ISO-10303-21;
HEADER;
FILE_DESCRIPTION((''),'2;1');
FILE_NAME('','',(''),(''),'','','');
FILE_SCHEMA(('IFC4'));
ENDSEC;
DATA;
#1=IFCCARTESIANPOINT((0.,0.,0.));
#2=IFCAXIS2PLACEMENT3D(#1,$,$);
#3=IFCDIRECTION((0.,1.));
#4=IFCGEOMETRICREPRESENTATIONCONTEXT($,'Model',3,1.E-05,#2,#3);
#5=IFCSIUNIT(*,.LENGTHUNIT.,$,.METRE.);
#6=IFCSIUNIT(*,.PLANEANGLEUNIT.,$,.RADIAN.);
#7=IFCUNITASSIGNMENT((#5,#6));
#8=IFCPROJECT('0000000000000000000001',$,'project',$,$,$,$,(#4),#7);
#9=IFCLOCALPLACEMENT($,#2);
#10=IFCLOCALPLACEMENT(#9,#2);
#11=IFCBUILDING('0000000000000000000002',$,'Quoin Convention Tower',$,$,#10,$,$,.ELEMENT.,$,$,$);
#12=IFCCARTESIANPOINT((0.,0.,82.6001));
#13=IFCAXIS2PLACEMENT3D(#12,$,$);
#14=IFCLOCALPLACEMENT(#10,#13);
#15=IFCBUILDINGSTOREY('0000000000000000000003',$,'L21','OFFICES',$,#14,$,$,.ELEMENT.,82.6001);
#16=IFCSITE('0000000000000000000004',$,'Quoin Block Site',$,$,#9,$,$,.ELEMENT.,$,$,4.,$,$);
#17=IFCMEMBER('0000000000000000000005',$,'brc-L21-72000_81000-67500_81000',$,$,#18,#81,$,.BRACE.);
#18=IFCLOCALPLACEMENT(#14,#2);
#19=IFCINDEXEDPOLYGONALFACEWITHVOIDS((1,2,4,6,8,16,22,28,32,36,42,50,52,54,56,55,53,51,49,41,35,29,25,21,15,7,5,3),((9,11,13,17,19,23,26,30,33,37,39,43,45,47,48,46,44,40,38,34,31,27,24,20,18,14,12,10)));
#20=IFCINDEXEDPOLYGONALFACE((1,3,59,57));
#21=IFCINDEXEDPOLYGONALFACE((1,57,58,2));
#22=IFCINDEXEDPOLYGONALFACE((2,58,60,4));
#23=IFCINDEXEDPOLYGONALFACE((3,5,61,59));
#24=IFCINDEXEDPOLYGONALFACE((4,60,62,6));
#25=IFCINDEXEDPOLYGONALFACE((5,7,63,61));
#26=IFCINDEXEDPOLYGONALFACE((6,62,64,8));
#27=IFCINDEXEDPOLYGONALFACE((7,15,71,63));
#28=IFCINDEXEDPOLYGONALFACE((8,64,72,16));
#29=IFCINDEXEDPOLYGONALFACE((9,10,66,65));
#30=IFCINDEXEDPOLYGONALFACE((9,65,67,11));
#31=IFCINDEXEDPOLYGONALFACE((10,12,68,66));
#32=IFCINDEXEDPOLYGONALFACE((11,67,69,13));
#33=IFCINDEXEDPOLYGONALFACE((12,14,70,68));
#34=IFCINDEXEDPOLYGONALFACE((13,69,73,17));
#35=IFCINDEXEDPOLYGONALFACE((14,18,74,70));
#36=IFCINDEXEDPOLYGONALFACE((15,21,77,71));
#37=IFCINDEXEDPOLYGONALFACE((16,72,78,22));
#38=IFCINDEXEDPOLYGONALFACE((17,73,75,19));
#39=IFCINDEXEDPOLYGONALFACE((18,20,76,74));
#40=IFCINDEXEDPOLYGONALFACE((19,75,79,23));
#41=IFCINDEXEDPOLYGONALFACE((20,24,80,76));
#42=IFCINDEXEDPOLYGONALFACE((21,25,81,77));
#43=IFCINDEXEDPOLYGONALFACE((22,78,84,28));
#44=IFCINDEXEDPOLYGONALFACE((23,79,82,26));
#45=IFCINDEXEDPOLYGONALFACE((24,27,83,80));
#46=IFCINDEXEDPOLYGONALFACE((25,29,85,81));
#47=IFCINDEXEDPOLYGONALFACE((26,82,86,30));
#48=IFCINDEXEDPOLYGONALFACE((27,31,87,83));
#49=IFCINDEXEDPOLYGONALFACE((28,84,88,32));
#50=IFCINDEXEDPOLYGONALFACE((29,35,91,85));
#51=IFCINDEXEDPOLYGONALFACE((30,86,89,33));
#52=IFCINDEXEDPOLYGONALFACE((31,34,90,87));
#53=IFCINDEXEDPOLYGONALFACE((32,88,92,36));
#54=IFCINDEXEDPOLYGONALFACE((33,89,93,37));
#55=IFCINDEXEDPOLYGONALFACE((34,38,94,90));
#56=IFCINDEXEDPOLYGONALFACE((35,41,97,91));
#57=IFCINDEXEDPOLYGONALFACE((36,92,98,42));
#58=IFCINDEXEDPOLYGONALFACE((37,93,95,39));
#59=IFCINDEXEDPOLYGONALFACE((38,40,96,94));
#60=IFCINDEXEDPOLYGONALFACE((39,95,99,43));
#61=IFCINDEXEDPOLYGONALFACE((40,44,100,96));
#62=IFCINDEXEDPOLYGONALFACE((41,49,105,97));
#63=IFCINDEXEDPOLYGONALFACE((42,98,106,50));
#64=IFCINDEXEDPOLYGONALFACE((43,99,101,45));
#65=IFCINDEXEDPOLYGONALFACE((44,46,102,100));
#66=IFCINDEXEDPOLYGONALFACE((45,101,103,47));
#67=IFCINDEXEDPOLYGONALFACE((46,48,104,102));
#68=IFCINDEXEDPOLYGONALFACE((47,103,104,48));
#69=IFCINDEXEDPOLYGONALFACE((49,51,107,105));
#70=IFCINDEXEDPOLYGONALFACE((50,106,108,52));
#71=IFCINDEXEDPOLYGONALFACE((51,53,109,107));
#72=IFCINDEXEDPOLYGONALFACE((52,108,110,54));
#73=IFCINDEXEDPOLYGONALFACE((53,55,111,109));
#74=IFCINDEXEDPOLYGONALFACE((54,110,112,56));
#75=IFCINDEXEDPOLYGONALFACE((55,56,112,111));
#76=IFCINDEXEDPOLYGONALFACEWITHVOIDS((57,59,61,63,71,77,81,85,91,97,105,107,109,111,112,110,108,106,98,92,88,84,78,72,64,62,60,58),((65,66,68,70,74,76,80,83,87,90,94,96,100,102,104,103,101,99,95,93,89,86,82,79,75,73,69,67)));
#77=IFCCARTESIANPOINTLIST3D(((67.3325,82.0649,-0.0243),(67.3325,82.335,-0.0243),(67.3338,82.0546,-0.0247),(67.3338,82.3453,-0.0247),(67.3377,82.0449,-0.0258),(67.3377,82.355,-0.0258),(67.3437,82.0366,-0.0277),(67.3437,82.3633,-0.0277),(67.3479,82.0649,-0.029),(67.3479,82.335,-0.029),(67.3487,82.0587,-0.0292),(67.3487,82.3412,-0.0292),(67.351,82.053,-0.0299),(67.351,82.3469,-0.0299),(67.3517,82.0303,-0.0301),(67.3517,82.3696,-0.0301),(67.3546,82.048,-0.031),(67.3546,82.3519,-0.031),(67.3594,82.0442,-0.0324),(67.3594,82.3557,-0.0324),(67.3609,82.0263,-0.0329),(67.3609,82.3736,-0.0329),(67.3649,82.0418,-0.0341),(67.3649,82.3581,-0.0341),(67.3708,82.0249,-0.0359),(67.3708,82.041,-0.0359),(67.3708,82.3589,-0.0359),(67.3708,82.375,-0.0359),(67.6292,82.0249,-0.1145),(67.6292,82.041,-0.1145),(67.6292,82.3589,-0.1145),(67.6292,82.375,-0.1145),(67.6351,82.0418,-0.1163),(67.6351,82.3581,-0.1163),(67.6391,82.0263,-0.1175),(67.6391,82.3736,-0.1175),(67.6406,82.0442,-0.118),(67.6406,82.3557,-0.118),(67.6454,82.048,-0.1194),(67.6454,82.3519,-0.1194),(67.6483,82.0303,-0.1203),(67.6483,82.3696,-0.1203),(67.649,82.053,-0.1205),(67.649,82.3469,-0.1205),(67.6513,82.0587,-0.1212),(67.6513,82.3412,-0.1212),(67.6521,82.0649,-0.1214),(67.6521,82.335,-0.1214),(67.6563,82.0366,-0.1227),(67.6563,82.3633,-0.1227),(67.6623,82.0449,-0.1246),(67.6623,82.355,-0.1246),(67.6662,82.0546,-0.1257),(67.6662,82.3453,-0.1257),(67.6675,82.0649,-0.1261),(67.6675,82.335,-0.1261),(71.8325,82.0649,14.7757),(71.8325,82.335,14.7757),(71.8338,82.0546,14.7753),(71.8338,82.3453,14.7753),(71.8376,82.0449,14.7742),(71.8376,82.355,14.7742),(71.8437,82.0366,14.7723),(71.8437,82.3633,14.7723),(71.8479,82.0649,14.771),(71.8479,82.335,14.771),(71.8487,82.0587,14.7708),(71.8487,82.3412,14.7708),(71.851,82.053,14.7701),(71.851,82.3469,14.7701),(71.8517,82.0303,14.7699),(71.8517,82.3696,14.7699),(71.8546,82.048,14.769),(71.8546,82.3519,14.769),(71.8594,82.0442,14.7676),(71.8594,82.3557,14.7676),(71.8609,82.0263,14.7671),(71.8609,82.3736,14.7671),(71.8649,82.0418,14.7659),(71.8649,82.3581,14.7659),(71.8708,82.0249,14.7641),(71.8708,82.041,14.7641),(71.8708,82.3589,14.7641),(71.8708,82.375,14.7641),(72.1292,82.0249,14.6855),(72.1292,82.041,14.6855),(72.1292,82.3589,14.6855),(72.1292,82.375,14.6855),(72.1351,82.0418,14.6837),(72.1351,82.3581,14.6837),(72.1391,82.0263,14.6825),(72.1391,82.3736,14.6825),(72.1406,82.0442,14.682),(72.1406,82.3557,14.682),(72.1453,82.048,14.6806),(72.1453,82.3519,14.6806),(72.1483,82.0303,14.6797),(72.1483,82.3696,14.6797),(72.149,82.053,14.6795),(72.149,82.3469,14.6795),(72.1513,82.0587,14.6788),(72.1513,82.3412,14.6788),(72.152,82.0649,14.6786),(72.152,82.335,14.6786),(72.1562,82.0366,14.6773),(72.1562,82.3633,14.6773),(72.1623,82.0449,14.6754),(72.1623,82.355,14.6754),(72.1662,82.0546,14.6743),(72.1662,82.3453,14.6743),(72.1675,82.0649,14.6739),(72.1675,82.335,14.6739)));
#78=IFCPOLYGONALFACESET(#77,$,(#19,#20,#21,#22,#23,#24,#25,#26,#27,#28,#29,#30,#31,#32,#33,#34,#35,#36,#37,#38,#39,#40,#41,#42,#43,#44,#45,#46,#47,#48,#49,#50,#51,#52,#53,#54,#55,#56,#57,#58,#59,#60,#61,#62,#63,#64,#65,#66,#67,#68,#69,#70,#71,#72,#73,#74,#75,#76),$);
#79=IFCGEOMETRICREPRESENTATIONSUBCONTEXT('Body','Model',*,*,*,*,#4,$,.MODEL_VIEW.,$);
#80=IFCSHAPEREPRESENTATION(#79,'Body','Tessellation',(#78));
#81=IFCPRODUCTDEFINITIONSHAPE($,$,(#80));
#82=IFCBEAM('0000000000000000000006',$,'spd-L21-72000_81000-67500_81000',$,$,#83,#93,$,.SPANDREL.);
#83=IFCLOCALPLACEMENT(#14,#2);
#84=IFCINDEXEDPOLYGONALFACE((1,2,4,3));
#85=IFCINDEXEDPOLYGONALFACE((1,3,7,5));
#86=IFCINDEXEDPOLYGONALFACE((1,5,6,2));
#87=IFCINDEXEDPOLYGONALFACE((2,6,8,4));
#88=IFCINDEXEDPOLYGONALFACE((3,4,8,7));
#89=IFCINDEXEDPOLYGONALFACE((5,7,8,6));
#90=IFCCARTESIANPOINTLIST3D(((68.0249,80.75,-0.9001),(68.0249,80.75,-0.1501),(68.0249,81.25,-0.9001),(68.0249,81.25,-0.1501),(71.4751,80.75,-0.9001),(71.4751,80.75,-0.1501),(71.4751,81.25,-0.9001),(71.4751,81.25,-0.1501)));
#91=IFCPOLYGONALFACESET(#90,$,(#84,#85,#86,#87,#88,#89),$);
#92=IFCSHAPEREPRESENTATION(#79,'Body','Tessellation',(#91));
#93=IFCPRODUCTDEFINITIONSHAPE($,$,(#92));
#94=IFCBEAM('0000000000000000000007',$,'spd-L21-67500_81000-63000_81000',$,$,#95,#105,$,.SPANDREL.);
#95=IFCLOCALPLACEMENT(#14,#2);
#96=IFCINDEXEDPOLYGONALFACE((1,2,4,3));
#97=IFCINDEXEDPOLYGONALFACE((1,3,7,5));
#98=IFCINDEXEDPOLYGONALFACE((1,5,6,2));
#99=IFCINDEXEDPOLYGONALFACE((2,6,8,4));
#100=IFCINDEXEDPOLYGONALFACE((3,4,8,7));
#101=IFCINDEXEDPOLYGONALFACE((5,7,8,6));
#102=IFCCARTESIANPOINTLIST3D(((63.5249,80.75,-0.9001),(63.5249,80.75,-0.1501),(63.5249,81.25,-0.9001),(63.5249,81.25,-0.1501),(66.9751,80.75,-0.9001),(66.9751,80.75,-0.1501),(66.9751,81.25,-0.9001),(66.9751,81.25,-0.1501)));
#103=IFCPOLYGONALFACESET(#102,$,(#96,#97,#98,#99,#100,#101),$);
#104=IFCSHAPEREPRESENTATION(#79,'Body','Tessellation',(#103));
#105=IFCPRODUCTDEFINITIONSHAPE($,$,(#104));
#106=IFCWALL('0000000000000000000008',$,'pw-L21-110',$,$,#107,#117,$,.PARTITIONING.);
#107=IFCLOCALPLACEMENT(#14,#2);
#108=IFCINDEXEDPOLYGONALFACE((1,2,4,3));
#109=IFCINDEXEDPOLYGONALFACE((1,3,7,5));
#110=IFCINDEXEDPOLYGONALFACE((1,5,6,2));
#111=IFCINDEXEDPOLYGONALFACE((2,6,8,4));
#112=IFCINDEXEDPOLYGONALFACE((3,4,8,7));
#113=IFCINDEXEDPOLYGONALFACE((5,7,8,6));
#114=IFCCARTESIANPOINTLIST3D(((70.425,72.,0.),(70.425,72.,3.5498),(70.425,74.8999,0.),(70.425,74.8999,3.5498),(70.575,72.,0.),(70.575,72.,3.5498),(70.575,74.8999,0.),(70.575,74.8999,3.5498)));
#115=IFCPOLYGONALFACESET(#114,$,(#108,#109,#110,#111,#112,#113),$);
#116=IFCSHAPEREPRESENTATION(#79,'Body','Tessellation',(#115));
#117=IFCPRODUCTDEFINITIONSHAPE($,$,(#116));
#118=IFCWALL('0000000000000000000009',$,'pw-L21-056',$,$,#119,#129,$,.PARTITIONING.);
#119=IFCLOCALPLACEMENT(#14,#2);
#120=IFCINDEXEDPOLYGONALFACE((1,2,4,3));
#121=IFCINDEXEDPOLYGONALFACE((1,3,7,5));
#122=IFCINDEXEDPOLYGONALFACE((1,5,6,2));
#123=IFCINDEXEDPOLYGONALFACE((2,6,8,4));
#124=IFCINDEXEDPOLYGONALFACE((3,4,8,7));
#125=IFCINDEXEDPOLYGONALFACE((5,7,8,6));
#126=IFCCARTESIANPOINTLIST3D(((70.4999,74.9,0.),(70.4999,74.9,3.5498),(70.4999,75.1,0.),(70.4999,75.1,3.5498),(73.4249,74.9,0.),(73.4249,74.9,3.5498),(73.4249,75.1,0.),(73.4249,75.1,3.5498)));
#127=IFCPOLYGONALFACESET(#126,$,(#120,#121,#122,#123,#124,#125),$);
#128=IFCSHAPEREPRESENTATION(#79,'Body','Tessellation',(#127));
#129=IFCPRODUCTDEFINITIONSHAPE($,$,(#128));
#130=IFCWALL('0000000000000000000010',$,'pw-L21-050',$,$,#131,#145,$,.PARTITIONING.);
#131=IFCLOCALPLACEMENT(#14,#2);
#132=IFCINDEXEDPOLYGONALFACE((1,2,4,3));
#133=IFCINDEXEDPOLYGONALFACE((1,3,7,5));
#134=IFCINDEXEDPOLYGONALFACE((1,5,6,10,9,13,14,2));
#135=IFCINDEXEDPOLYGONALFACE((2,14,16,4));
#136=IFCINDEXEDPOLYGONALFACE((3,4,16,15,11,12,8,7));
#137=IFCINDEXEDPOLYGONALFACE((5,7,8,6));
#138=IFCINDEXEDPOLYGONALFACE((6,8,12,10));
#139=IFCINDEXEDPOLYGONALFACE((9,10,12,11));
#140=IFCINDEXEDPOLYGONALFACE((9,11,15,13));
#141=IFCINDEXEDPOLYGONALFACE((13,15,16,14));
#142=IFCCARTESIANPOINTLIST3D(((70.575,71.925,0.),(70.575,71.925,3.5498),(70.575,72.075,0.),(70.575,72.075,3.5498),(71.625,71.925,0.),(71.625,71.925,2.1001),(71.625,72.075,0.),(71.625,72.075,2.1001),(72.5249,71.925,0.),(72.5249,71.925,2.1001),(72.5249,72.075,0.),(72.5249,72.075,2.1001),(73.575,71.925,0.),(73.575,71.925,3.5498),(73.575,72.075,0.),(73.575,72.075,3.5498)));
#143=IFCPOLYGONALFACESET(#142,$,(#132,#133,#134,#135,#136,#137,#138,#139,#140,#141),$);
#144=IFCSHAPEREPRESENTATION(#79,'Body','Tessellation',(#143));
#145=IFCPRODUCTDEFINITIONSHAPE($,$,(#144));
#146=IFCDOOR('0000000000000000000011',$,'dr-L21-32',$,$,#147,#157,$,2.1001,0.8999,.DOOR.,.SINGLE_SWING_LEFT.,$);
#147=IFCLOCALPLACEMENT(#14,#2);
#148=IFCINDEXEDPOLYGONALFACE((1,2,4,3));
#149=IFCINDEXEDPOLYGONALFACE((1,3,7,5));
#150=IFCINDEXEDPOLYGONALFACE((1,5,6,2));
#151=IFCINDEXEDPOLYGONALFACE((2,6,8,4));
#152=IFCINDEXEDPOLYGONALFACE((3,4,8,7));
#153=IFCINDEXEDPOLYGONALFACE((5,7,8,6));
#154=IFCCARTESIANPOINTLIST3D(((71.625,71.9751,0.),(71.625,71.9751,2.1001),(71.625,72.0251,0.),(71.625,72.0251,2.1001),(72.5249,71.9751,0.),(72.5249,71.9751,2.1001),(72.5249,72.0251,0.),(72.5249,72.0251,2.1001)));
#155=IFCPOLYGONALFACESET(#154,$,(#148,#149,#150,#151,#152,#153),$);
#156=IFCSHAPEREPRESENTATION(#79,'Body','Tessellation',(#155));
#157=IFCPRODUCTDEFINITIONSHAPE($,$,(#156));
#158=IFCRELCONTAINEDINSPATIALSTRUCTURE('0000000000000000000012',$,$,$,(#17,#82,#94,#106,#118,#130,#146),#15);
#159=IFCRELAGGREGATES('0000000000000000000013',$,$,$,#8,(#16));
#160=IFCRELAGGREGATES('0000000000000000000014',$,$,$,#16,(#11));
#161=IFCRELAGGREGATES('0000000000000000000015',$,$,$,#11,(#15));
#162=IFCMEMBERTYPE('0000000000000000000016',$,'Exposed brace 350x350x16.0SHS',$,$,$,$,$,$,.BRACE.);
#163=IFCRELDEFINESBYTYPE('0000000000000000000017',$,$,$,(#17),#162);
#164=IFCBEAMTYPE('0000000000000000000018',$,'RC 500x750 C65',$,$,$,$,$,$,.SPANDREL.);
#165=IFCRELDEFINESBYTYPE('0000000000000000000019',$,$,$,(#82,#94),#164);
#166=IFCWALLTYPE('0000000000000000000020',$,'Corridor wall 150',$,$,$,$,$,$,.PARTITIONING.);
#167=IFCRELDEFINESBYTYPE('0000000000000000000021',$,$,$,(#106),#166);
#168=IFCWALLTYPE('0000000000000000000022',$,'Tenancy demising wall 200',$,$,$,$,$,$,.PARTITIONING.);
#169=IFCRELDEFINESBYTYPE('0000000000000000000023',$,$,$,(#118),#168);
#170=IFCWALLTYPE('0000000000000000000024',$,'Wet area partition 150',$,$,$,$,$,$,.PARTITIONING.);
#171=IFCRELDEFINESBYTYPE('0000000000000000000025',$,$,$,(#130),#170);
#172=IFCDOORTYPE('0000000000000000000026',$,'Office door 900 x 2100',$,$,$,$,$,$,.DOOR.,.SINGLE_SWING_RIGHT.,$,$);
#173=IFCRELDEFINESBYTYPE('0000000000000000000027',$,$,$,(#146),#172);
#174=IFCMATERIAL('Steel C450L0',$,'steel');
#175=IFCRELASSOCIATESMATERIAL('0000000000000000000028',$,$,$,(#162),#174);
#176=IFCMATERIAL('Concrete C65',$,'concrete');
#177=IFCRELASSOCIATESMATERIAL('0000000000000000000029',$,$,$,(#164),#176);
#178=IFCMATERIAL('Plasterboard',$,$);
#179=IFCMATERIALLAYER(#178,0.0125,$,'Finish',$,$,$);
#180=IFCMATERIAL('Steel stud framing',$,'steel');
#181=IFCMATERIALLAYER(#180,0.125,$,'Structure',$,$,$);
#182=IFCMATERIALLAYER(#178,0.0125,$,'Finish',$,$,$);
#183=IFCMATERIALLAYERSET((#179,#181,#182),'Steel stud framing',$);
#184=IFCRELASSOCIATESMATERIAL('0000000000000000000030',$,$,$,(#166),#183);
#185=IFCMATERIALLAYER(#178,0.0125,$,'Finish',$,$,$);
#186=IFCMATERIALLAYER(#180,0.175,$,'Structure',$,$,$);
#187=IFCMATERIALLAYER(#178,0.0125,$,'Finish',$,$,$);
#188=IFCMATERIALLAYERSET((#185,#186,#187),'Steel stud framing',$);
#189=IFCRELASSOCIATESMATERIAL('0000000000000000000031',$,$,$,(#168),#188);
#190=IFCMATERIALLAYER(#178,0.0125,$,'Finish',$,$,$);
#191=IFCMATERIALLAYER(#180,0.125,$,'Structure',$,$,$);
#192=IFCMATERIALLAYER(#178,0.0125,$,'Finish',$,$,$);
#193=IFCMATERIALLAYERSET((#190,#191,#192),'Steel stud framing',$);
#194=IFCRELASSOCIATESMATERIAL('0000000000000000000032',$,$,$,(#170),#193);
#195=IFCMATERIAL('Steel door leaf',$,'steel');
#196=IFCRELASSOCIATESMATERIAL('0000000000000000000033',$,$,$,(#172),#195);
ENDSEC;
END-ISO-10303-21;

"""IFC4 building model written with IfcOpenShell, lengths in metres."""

from ifc_helpers import new_model, si_unit, direction, frame, frame_2d, origin, origin_2d, place, context, subcontext, project, spatial, rectangle, hollow_rectangle, extrude, material, layer, layer_set, material_profile, profile_set, type_object, element, fill, save


model = new_model("IFC4")

# Units and contexts
model_context = context("Model", 3, precision=1e-05, world=origin(), true_north=direction((0.0, 1.0)))
body_context = subcontext(model_context, "Body", "Model", "MODEL_VIEW")
ifc_project = project(units=[si_unit("LENGTHUNIT", "METRE"), si_unit("PLANEANGLEUNIT", "RADIAN")], contexts=[model_context])

# Site, building, storey
site_placement = place(None, origin())
site = spatial("IfcSite", under=ifc_project, at=site_placement, Name="Quoin Block Site", CompositionType="ELEMENT", RefElevation=4.0)
building_placement = place(site_placement, origin())
building = spatial("IfcBuilding", under=site, at=building_placement, Name="Quoin Convention Tower", CompositionType="ELEMENT")
storey_placement = place(building_placement, frame((0.0, 0.0, 82.6001)))
storey = spatial("IfcBuildingStorey", under=building, at=storey_placement, Name="L21", Description="OFFICES", CompositionType="ELEMENT", Elevation=82.6001)

# Shared definitions
ifc_material_1 = material(Name="Concrete C65", Category="concrete")

# Member
ifc_material_2 = material(Name="Steel C450L0", Category="steel")
ifc_material_profile_1 = material_profile(ifc_material_2, hollow_rectangle(XDim=0.3501, YDim=0.3501, WallThickness=0.0161, InnerFilletRadius=0.0239, OuterFilletRadius=0.04, at=origin_2d()), Name="350x350x16.0SHS")
ifc_profile_set_1 = profile_set([ifc_material_profile_1], Name="Steel C450L0")
member_type = type_object("IfcMemberType", Name="Exposed brace 350x350x16.0SHS", PredefinedType="BRACE", material=ifc_profile_set_1)
member_placement = place(storey_placement, frame((67.5, 82.2, -0.0752), z_axis=(0.290903, 0.0, 0.956752), x_axis=(0.0, 1.0, 0.0)))
element("IfcMember", 1, at=member_placement, inside=storey, type_object=member_type, Name="brc-L21-72000_81000-67500_81000", PredefinedType="BRACE", context=body_context, shape_type="SweptSolid", body=[
    extrude(hollow_rectangle(XDim=0.3501, YDim=0.3501, WallThickness=0.0161, InnerFilletRadius=0.0239, OuterFilletRadius=0.04, at=origin_2d()), origin(), (0.0, 0.0, 1.0), 15.469),
])

# Beams
ifc_material_profile_2 = material_profile(ifc_material_1, rectangle(XDim=0.5, YDim=0.75, at=origin_2d()), Name="RC 500x750")
ifc_profile_set_2 = profile_set([ifc_material_profile_2], Name="Concrete C65")
beam_type_1 = type_object("IfcBeamType", Name="RC 500x750 C65", PredefinedType="SPANDREL", material=ifc_profile_set_2)
for number, where, z_axis, x_axis, name in (
    (2, (71.4751, 81.0, -0.5251), (-1.0, 0.0, 0.0), (0.0, -1.0, 0.0), "spd-L21-72000_81000-67500_81000"),
    (3, (66.9751, 81.0, -0.5251), (-1.0, 0.0, 0.0), (0.0, -1.0, 0.0), "spd-L21-67500_81000-63000_81000"),
):
    element("IfcBeam", number, at=place(storey_placement, frame(where, z_axis=z_axis, x_axis=x_axis)), inside=storey, type_object=beam_type_1, Name=name, PredefinedType="SPANDREL", context=body_context, shape_type="SweptSolid", body=[
        extrude(rectangle(XDim=0.5, YDim=0.75, at=origin_2d()), origin(), (0.0, 0.0, 1.0), 3.4502),
    ])

# Walls
ifc_material_3 = material(Name="Plasterboard")
ifc_layer_1 = layer(ifc_material_3, 0.0125, Name="Finish")
ifc_material_4 = material(Name="Steel stud framing", Category="steel")
ifc_layer_2 = layer(ifc_material_4, 0.125, Name="Structure")
ifc_layer_3 = layer(ifc_material_3, 0.0125, Name="Finish")
ifc_layer_set_1 = layer_set([ifc_layer_1, ifc_layer_2, ifc_layer_3], Name="Steel stud framing")
wall_type_1 = type_object("IfcWallType", Name="Corridor wall 150", PredefinedType="PARTITIONING", material=ifc_layer_set_1)
wall_1_placement = place(storey_placement, frame((70.5, 72.0, 0.0), z_axis=(0.0, 0.0, 1.0), x_axis=(0.0, 1.0, 0.0)))
element("IfcWall", 4, at=wall_1_placement, inside=storey, type_object=wall_type_1, Name="pw-L21-110", PredefinedType="PARTITIONING", context=body_context, shape_type="SweptSolid", body=[
    extrude(rectangle(XDim=2.8999, YDim=0.1499, at=frame_2d((1.45, 0.0))), origin(), (0.0, 0.0, 1.0), 3.5498),
])
ifc_layer_4 = layer(ifc_material_3, 0.0125, Name="Finish")
ifc_layer_5 = layer(ifc_material_4, 0.175, Name="Structure")
ifc_layer_6 = layer(ifc_material_3, 0.0125, Name="Finish")
ifc_layer_set_2 = layer_set([ifc_layer_4, ifc_layer_5, ifc_layer_6], Name="Steel stud framing")
wall_type_2 = type_object("IfcWallType", Name="Tenancy demising wall 200", PredefinedType="PARTITIONING", material=ifc_layer_set_2)
wall_2_placement = place(storey_placement, frame((70.5, 75.0, 0.0), z_axis=(0.0, 0.0, 1.0), x_axis=(1.0, 0.0, 0.0)))
element("IfcWall", 5, at=wall_2_placement, inside=storey, type_object=wall_type_2, Name="pw-L21-056", PredefinedType="PARTITIONING", context=body_context, shape_type="SweptSolid", body=[
    extrude(rectangle(XDim=2.925, YDim=0.2, at=frame_2d((1.4624, 0.0))), origin(), (0.0, 0.0, 1.0), 3.5498),
])

# Wall, opening, door
ifc_layer_7 = layer(ifc_material_3, 0.0125, Name="Finish")
ifc_layer_8 = layer(ifc_material_4, 0.125, Name="Structure")
ifc_layer_9 = layer(ifc_material_3, 0.0125, Name="Finish")
ifc_layer_set_3 = layer_set([ifc_layer_7, ifc_layer_8, ifc_layer_9], Name="Steel stud framing")
wall_type_3 = type_object("IfcWallType", Name="Wet area partition 150", PredefinedType="PARTITIONING", material=ifc_layer_set_3)
wall_3_placement = place(storey_placement, frame((70.575, 72.0, 0.0), z_axis=(0.0, 0.0, 1.0), x_axis=(1.0, 0.0, 0.0)))
wall_3 = element("IfcWall", 6, at=wall_3_placement, inside=storey, type_object=wall_type_3, Name="pw-L21-050", PredefinedType="PARTITIONING", context=body_context, shape_type="SweptSolid", body=[
    extrude(rectangle(XDim=3.0, YDim=0.1499, at=frame_2d((1.5, 0.0))), origin(), (0.0, 0.0, 1.0), 3.5498),
])
opening_placement = place(wall_3_placement, frame((1.05, 0.0, 0.0)))
opening = element("IfcOpeningElement", 7, at=opening_placement, cuts=wall_3, PredefinedType="OPENING", context=body_context, shape_type="SweptSolid", body=[
    extrude(rectangle(XDim=0.8999, YDim=2.1001, at=frame_2d((0.45, 1.05))), frame((0.0, 0.085, 0.0), z_axis=(0.0, -1.0, 0.0), x_axis=(1.0, 0.0, 0.0)), (0.0, 0.0, 1.0), 0.1699),
])
ifc_material_5 = material(Name="Steel door leaf", Category="steel")
door_type = type_object("IfcDoorType", Name="Office door 900 x 2100", OperationType="SINGLE_SWING_RIGHT", PredefinedType="DOOR", material=ifc_material_5)
door_placement = place(opening_placement, frame((0.8999, 0.0, 0.0), z_axis=(0.0, 0.0, 1.0), x_axis=(-1.0, 0.0, 0.0)))
door = element("IfcDoor", 8, at=door_placement, inside=storey, type_object=door_type, Name="dr-L21-32", OperationType="SINGLE_SWING_LEFT", OverallHeight=2.1001, OverallWidth=0.8999, PredefinedType="DOOR", context=body_context, shape_type="SweptSolid", body=[
    extrude(rectangle(XDim=0.8999, YDim=2.1001, at=frame_2d((0.45, 1.05))), frame((0.0, 0.0249, 0.0), z_axis=(0.0, -1.0, 0.0), x_axis=(1.0, 0.0, 0.0)), (0.0, 0.0, 1.0), 0.05),
])
fill(opening, door)

save(model, "model.ifc")
